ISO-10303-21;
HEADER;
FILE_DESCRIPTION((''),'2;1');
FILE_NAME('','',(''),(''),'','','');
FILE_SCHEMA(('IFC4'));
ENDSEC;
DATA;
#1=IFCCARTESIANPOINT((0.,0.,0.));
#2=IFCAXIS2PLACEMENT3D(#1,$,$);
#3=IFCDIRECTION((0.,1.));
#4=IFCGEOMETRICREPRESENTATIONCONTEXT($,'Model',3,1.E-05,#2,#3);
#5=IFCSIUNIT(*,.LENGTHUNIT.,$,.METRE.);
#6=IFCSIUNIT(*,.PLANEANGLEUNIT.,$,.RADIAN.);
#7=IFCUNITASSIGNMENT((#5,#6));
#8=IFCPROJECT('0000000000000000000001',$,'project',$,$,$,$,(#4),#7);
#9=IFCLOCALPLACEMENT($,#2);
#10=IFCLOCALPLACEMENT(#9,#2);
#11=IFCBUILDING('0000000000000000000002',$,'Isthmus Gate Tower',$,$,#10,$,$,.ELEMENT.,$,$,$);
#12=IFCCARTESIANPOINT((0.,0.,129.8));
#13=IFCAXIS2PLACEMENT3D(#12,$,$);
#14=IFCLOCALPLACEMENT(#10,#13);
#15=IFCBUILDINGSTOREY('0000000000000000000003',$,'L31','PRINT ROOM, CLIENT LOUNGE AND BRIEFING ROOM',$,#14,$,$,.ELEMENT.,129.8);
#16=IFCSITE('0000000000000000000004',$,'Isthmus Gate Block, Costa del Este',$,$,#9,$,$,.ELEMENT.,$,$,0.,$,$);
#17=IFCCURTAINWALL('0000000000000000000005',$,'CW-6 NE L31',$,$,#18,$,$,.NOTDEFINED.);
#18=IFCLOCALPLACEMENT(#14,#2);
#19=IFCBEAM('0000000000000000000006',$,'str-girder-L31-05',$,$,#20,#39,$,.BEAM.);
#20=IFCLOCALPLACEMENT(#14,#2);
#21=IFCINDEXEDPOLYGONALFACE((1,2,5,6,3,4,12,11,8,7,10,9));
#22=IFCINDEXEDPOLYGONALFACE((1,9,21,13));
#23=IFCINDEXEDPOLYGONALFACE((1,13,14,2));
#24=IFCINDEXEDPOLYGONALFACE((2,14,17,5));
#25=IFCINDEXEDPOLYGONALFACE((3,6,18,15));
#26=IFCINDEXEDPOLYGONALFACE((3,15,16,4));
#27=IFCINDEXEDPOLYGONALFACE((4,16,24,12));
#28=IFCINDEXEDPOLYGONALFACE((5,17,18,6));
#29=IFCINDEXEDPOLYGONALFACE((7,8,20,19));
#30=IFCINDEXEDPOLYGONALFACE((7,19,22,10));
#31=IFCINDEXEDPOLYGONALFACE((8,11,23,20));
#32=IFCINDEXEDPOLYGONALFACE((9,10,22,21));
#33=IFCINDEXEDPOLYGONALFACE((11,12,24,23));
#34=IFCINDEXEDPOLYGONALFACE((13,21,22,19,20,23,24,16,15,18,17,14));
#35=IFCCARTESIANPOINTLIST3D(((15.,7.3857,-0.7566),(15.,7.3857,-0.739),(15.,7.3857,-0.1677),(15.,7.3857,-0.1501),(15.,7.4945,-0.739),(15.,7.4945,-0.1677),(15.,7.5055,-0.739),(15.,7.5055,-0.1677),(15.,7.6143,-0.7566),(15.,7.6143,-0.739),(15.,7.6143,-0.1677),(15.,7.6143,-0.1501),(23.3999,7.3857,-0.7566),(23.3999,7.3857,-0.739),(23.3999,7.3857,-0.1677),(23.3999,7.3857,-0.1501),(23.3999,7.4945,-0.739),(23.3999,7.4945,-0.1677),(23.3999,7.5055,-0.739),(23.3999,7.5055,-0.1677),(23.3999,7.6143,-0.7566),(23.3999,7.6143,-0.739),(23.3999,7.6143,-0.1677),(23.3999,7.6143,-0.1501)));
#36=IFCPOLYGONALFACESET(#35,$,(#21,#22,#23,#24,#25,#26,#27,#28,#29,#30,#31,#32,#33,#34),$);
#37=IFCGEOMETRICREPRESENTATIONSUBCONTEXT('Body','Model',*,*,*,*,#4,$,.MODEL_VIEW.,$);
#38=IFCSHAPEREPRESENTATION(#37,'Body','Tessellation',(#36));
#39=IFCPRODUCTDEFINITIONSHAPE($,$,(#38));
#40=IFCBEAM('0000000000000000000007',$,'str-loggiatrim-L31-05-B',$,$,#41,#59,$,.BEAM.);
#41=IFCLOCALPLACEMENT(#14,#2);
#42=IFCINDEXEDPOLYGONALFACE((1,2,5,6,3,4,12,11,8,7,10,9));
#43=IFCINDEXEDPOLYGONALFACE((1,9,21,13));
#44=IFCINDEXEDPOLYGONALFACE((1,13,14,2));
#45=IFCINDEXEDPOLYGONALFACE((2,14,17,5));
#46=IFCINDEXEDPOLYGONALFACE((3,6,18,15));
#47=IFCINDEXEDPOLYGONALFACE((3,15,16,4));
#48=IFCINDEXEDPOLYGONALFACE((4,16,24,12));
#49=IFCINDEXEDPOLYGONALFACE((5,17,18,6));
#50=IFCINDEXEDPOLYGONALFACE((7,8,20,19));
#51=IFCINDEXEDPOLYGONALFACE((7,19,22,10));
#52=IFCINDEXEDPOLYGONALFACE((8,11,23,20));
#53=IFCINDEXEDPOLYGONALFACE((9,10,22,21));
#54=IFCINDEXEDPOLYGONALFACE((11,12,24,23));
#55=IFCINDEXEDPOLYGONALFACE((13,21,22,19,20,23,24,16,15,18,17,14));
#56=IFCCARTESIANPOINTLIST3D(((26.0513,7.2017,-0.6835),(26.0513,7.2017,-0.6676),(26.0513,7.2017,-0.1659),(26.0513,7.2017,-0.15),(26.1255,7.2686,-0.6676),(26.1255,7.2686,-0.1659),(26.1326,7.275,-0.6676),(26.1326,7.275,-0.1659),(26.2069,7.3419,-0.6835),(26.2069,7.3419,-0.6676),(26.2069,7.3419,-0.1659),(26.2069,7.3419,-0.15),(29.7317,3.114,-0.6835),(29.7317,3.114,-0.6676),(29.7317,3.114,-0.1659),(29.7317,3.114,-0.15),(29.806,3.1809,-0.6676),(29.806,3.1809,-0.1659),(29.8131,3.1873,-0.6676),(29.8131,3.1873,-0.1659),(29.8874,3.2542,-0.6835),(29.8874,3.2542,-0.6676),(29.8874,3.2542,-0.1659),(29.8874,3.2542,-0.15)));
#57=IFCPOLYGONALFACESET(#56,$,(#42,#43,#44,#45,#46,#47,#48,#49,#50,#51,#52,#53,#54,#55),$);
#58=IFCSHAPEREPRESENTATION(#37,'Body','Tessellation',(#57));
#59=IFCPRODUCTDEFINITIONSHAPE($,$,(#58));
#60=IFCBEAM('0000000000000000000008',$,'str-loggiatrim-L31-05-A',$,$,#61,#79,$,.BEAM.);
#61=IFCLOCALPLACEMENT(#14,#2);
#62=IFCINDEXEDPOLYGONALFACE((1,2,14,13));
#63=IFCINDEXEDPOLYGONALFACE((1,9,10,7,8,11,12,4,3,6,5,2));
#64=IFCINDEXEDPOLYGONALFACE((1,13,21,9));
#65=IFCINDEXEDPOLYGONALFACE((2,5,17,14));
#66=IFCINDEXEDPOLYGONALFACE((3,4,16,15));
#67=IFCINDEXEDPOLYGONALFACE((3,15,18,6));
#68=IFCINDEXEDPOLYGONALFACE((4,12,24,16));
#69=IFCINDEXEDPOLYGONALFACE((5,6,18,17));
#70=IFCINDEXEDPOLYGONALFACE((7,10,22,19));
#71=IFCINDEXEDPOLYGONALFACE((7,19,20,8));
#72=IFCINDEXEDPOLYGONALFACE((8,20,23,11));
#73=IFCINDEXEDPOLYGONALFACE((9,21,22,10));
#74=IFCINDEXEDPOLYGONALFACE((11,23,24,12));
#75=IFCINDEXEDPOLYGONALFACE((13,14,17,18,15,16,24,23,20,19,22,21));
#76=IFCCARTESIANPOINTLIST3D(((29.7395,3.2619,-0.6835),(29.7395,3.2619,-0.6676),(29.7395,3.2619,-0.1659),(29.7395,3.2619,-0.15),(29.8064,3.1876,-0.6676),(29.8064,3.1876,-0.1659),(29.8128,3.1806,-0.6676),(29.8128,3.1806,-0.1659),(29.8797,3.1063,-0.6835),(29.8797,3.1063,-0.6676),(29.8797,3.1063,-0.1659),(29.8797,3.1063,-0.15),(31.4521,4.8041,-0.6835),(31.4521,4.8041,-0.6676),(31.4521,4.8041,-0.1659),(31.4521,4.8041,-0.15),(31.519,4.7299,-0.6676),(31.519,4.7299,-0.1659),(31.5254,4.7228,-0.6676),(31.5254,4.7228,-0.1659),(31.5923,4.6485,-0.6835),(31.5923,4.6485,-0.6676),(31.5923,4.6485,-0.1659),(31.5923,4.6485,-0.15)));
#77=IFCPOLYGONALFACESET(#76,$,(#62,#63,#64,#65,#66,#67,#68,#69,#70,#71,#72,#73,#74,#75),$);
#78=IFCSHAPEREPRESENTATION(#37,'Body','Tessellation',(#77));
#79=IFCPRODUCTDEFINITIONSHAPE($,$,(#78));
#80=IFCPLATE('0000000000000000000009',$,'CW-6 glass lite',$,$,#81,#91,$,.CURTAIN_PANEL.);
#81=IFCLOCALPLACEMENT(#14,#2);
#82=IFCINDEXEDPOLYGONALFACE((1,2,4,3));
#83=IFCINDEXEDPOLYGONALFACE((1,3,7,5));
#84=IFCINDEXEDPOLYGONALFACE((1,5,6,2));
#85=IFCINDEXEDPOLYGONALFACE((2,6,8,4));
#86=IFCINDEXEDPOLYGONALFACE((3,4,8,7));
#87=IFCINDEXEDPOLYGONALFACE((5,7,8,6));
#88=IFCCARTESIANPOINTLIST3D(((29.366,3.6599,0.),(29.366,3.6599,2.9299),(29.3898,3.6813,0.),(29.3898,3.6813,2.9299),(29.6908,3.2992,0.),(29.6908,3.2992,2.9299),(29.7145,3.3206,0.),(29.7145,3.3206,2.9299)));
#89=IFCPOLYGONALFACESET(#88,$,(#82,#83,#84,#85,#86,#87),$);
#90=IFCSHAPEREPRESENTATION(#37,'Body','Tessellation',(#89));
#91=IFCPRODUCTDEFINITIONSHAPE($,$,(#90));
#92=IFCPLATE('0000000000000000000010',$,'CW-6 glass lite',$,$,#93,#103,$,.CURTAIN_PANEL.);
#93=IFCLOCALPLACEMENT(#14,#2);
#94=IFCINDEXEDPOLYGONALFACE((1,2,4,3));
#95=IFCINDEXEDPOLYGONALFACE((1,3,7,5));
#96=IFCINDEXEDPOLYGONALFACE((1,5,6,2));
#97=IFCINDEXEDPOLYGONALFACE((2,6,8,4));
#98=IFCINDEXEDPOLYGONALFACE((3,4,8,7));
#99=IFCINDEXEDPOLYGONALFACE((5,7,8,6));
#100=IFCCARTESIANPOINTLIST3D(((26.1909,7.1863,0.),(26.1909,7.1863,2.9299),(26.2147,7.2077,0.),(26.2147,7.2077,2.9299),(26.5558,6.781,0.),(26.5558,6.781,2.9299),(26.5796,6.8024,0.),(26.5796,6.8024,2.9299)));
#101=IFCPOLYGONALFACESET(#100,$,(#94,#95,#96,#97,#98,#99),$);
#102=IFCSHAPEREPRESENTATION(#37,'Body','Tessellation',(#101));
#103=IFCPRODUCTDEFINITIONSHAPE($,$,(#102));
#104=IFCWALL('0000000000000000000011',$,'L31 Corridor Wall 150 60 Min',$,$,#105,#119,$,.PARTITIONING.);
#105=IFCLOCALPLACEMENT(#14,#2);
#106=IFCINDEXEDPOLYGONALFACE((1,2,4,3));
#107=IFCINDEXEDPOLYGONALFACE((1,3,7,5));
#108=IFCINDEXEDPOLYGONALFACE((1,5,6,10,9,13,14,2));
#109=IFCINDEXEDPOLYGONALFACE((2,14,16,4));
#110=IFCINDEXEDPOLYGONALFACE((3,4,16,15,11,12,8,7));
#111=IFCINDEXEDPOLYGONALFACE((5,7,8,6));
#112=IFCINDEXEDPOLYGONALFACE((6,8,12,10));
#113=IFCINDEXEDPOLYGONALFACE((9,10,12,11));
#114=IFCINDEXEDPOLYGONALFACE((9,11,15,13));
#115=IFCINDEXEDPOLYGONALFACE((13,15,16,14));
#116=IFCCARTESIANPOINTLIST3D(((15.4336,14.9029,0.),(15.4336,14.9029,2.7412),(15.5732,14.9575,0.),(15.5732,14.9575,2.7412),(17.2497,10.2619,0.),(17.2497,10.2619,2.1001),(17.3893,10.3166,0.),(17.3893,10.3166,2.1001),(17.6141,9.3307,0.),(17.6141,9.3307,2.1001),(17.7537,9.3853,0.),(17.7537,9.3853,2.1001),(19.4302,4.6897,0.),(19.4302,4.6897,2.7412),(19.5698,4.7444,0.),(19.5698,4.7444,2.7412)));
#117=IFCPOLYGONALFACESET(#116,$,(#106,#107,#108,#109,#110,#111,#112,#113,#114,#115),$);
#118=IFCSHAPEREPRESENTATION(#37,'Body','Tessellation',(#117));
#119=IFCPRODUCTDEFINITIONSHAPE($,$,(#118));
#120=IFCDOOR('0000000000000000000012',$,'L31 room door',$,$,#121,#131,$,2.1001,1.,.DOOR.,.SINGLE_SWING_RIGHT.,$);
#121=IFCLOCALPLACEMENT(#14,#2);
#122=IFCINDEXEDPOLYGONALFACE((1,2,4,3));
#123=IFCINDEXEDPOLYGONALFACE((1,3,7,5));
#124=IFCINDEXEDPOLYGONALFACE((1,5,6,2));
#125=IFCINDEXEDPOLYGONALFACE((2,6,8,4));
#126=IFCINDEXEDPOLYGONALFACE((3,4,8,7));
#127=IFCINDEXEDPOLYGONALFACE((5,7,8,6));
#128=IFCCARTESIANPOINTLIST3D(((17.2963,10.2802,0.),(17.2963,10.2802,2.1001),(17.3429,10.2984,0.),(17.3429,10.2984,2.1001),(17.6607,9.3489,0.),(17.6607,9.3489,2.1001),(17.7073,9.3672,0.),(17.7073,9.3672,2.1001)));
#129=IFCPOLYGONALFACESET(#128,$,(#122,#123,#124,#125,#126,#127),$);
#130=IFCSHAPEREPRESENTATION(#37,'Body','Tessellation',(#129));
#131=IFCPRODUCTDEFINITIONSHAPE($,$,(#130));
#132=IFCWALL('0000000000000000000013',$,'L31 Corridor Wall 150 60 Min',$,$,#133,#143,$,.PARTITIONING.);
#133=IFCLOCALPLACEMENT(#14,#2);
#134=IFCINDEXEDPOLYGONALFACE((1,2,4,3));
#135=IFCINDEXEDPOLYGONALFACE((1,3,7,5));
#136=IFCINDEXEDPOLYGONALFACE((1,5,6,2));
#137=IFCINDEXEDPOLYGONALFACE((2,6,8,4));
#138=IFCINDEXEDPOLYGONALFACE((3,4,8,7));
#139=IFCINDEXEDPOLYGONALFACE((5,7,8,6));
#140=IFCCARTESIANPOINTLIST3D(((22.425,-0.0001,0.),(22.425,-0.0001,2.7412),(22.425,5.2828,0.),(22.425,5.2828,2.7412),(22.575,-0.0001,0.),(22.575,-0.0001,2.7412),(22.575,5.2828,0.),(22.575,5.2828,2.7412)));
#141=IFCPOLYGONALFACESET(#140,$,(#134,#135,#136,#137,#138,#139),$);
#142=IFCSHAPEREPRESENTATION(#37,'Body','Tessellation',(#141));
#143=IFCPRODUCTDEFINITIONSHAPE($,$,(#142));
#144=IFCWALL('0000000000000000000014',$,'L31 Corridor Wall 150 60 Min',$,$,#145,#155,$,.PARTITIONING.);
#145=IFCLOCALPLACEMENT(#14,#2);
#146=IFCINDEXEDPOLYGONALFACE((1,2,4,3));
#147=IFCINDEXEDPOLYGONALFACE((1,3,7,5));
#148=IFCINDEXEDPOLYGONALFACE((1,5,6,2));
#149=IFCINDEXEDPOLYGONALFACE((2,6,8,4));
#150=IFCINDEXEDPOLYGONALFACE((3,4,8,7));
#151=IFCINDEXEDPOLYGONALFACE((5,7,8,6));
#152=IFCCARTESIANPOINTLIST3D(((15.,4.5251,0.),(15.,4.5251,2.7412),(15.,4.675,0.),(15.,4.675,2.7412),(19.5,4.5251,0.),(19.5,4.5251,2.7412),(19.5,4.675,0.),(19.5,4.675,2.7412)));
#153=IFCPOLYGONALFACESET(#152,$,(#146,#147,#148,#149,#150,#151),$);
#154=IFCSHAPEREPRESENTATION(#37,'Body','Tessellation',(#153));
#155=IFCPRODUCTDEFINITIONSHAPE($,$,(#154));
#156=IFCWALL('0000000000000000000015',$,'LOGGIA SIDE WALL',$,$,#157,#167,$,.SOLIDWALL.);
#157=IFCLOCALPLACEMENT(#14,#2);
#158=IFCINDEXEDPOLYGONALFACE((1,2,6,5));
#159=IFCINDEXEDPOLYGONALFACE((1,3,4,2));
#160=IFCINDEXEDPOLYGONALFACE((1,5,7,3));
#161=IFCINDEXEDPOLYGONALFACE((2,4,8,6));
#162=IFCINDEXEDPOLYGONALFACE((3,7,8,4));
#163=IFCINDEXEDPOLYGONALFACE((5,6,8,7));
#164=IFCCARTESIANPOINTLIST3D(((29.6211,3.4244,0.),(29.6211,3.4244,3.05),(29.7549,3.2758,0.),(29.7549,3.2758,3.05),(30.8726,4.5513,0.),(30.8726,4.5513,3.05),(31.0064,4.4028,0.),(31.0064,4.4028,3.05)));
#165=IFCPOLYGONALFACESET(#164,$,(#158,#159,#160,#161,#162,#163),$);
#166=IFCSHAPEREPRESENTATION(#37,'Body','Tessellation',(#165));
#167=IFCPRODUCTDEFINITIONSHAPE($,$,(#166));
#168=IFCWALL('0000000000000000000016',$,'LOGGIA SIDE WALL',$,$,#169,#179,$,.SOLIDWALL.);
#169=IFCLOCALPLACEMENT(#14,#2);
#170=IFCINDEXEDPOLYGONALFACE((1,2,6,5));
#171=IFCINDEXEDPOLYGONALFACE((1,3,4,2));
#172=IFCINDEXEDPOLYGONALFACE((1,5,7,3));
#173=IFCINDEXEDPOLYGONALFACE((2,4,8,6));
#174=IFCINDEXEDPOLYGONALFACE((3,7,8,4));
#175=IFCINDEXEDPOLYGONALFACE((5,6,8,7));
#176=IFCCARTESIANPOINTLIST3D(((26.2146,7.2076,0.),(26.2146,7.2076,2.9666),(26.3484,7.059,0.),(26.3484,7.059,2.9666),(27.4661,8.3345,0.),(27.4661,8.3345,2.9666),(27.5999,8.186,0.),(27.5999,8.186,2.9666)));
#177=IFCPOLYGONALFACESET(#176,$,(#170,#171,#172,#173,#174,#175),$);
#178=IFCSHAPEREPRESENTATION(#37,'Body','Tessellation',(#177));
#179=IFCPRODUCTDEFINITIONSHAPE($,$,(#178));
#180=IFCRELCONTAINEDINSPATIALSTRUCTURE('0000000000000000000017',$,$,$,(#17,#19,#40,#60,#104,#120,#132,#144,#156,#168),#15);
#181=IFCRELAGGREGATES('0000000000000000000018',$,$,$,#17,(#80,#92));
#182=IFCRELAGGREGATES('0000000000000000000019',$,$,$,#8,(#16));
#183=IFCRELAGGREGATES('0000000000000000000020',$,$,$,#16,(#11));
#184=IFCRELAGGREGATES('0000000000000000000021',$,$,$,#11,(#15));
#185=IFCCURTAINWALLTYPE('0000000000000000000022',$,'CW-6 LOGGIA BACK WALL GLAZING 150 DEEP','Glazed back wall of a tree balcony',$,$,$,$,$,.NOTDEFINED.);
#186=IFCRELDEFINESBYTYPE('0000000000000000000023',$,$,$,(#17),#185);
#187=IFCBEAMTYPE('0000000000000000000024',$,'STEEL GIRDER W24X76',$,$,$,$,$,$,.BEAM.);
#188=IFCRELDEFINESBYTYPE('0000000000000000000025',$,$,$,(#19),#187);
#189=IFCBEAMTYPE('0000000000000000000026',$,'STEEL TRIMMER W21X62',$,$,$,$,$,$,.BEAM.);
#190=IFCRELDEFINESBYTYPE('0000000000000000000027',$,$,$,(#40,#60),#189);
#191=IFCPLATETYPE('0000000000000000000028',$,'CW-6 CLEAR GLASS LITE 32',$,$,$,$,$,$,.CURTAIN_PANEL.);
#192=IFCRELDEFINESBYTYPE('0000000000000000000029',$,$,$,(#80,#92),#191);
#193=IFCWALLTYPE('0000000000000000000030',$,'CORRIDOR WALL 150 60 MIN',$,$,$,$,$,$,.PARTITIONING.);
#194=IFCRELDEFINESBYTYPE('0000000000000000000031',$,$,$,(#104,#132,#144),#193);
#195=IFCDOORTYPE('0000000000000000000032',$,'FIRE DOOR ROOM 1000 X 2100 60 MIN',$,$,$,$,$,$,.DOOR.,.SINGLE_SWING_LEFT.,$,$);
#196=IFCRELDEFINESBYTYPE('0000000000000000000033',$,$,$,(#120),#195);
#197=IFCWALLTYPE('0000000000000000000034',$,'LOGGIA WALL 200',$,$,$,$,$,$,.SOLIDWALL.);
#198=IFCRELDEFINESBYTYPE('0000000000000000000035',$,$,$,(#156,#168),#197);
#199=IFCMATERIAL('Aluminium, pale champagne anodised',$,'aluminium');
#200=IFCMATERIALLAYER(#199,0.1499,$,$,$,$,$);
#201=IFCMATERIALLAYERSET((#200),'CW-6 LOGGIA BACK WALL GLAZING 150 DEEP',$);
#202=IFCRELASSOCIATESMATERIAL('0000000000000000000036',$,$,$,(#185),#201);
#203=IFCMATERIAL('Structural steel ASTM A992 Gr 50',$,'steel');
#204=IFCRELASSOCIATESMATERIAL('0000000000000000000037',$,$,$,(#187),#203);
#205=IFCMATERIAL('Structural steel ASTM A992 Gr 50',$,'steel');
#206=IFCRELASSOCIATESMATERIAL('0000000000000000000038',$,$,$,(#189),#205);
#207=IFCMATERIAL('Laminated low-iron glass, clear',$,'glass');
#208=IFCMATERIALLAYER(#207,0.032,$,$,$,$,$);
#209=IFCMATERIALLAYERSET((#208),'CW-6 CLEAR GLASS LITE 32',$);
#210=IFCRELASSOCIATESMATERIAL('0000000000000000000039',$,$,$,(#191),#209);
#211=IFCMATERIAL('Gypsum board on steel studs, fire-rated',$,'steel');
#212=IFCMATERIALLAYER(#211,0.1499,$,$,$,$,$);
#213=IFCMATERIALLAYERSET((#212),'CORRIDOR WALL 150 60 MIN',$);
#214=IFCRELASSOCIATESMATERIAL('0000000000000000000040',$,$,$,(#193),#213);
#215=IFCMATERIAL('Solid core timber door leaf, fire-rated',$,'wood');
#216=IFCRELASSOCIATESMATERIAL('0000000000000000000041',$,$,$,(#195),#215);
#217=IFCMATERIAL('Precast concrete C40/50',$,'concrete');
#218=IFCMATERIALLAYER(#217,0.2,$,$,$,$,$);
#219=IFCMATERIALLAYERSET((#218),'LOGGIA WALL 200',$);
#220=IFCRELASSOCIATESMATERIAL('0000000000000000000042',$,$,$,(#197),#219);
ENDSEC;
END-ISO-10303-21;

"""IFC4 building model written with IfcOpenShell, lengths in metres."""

from ifc_helpers import new_model, si_unit, direction, frame, frame_2d, origin, origin_2d, place, context, subcontext, project, spatial, rectangle, i_section, extrude, material, layer, layer_set, material_profile, profile_set, type_object, element, fill, aggregate, save


model = new_model("IFC4")

# Units and contexts
model_context = context("Model", 3, precision=1e-05, world=origin(), true_north=direction((0.0, 1.0)))
body_context = subcontext(model_context, "Body", "Model", "MODEL_VIEW")
ifc_project = project(units=[si_unit("LENGTHUNIT", "METRE"), si_unit("PLANEANGLEUNIT", "RADIAN")], contexts=[model_context])

# Site, building, storey
site_placement = place(None, origin())
site = spatial("IfcSite", under=ifc_project, at=site_placement, Name="Isthmus Gate Block, Costa del Este", CompositionType="ELEMENT", RefElevation=0.0)
building_placement = place(site_placement, origin())
building = spatial("IfcBuilding", under=site, at=building_placement, Name="Isthmus Gate Tower", CompositionType="ELEMENT")
storey_placement = place(building_placement, frame((0.0, 0.0, 129.8)))
storey = spatial("IfcBuildingStorey", under=building, at=storey_placement, Name="L31", Description="PRINT ROOM, CLIENT LOUNGE AND BRIEFING ROOM", CompositionType="ELEMENT", Elevation=129.8)

# Curtain wall
ifc_material_1 = material(Name="Aluminium, pale champagne anodised", Category="aluminium")
ifc_layer_1 = layer(ifc_material_1, 0.1499)
ifc_layer_set_1 = layer_set([ifc_layer_1], Name="CW-6 LOGGIA BACK WALL GLAZING 150 DEEP")
curtain_wall_type = type_object("IfcCurtainWallType", Name="CW-6 LOGGIA BACK WALL GLAZING 150 DEEP", Description="Glazed back wall of a tree balcony", PredefinedType="NOTDEFINED", material=ifc_layer_set_1)
curtain_wall_placement = place(storey_placement, origin())
curtain_wall = element("IfcCurtainWall", 1, at=curtain_wall_placement, inside=storey, type_object=curtain_wall_type, Name="CW-6 NE L31", PredefinedType="NOTDEFINED")

# Beams
ifc_material_2 = material(Name="Structural steel ASTM A992 Gr 50", Category="steel")
ifc_material_profile_1 = material_profile(ifc_material_2, i_section(OverallWidth=0.2285, OverallDepth=0.6064, WebThickness=0.011, FlangeThickness=0.0176, at=origin_2d()), Name="W24X76")
ifc_profile_set_1 = profile_set([ifc_material_profile_1], Name="Structural steel ASTM A992 Gr 50")
beam_type_1 = type_object("IfcBeamType", Name="STEEL GIRDER W24X76", PredefinedType="BEAM", material=ifc_profile_set_1)
beam_1_placement = place(storey_placement, frame((15.0, 7.5, -0.4534), z_axis=(1.0, 0.0, 0.0), x_axis=(0.0, 1.0, 0.0)))
element("IfcBeam", 2, at=beam_1_placement, inside=storey, type_object=beam_type_1, Name="str-girder-L31-05", PredefinedType="BEAM", context=body_context, shape_type="SweptSolid", body=[
    extrude(i_section(OverallWidth=0.2285, OverallDepth=0.6064, WebThickness=0.011, FlangeThickness=0.0176, at=origin_2d()), origin(), (0.0, 0.0, 1.0), 8.3999),
])
ifc_material_3 = material(Name="Structural steel ASTM A992 Gr 50", Category="steel")
ifc_material_profile_2 = material_profile(ifc_material_3, i_section(OverallWidth=0.2095, OverallDepth=0.5334, WebThickness=0.0095, FlangeThickness=0.0159, at=origin_2d()), Name="W21X62")
ifc_profile_set_2 = profile_set([ifc_material_profile_2], Name="Structural steel ASTM A992 Gr 50")
beam_type_2 = type_object("IfcBeamType", Name="STEEL TRIMMER W21X62", PredefinedType="BEAM", material=ifc_profile_set_2)
beam_2_placement = place(storey_placement, frame((29.8096, 3.1841, -0.4167), z_axis=(-0.669119, 0.743155, 0.0), x_axis=(-0.743155, -0.669119, 0.0)))
element("IfcBeam", 3, at=beam_2_placement, inside=storey, type_object=beam_type_2, Name="str-loggiatrim-L31-05-B", PredefinedType="BEAM", context=body_context, shape_type="SweptSolid", body=[
    extrude(i_section(OverallWidth=0.2095, OverallDepth=0.5334, WebThickness=0.0095, FlangeThickness=0.0159, at=origin_2d()), origin(), (0.0, 0.0, 1.0), 5.5005),
])
beam_3_placement = place(storey_placement, frame((31.5222, 4.7263, -0.4167), z_axis=(-0.74311, -0.66917, 0.0), x_axis=(0.66917, -0.74311, 0.0)))
element("IfcBeam", 4, at=beam_3_placement, inside=storey, type_object=beam_type_2, Name="str-loggiatrim-L31-05-A", PredefinedType="BEAM", context=body_context, shape_type="SweptSolid", body=[
    extrude(i_section(OverallWidth=0.2095, OverallDepth=0.5334, WebThickness=0.0095, FlangeThickness=0.0159, at=origin_2d()), origin(), (0.0, 0.0, 1.0), 2.3047),
])

# Plates
ifc_material_4 = material(Name="Laminated low-iron glass, clear", Category="glass")
ifc_layer_2 = layer(ifc_material_4, 0.032)
ifc_layer_set_2 = layer_set([ifc_layer_2], Name="CW-6 CLEAR GLASS LITE 32")
plate_type = type_object("IfcPlateType", Name="CW-6 CLEAR GLASS LITE 32", PredefinedType="CURTAIN_PANEL", material=ifc_layer_set_2)
plate_1_placement = place(storey_placement, frame((29.5403, 3.4902, 0.0), z_axis=(0.0, 0.0, 1.0), x_axis=(-0.669131, 0.743145, 0.0)))
plate_1 = element("IfcPlate", 5, at=plate_1_placement, type_object=plate_type, Name="CW-6 glass lite", PredefinedType="CURTAIN_PANEL", context=body_context, shape_type="SweptSolid", body=[
    extrude(rectangle(XDim=0.4854, YDim=0.032, at=origin_2d()), origin(), (0.0, 0.0, 1.0), 2.9299),
])
plate_2_placement = place(storey_placement, frame((26.3853, 6.9944, 0.0), z_axis=(0.0, 0.0, 1.0), x_axis=(-0.669131, 0.743145, 0.0)))
plate_2 = element("IfcPlate", 6, at=plate_2_placement, type_object=plate_type, Name="CW-6 glass lite", PredefinedType="CURTAIN_PANEL", context=body_context, shape_type="SweptSolid", body=[
    extrude(rectangle(XDim=0.5454, YDim=0.032, at=origin_2d()), origin(), (0.0, 0.0, 1.0), 2.9299),
])
aggregate(curtain_wall, [plate_1, plate_2])

# Wall, opening, door
ifc_material_5 = material(Name="Gypsum board on steel studs, fire-rated", Category="steel")
ifc_layer_3 = layer(ifc_material_5, 0.1499)
ifc_layer_set_3 = layer_set([ifc_layer_3], Name="CORRIDOR WALL 150 60 MIN")
wall_type_1 = type_object("IfcWallType", Name="CORRIDOR WALL 150 60 MIN", PredefinedType="PARTITIONING", material=ifc_layer_set_3)
wall_1_placement = place(storey_placement, frame((19.5, 4.717, 0.0), z_axis=(0.0, 0.0, 1.0), x_axis=(-0.36441, 0.931239, 0.0)))
wall_1 = element("IfcWall", 7, at=wall_1_placement, inside=storey, type_object=wall_type_1, Name="L31 Corridor Wall 150 60 Min", PredefinedType="PARTITIONING", context=body_context, shape_type="SweptSolid", body=[
    extrude(rectangle(XDim=10.9673, YDim=0.1499, at=frame_2d((5.4836, 0.0))), origin(), (0.0, 0.0, 1.0), 2.7412),
])
opening_1_placement = place(wall_1_placement, frame((4.9836, 0.0, 0.0)))
opening_1 = element("IfcOpeningElement", 8, at=opening_1_placement, cuts=wall_1, PredefinedType="OPENING", context=body_context, shape_type="SweptSolid", body=[
    extrude(rectangle(XDim=1.0, YDim=2.1001, at=frame_2d((0.5, 1.05))), frame((0.0, 0.085, 0.0), z_axis=(0.0, -1.0, 0.0), x_axis=(1.0, 0.0, 0.0)), (0.0, 0.0, 1.0), 0.1699),
])
ifc_material_6 = material(Name="Solid core timber door leaf, fire-rated", Category="wood")
door_type_1 = type_object("IfcDoorType", Name="FIRE DOOR ROOM 1000 X 2100 60 MIN", OperationType="SINGLE_SWING_LEFT", PredefinedType="DOOR", material=ifc_material_6)
door_1_placement = place(opening_1_placement, origin())
door_1 = element("IfcDoor", 9, at=door_1_placement, inside=storey, type_object=door_type_1, Name="L31 room door", OperationType="SINGLE_SWING_RIGHT", OverallHeight=2.1001, OverallWidth=1.0, PredefinedType="DOOR", context=body_context, shape_type="SweptSolid", body=[
    extrude(rectangle(XDim=1.0, YDim=2.1001, at=frame_2d((0.5, 1.05))), frame((0.0, 0.0249, 0.0), z_axis=(0.0, -1.0, 0.0), x_axis=(1.0, 0.0, 0.0)), (0.0, 0.0, 1.0), 0.05),
])
fill(opening_1, door_1)

# Walls
wall_2_placement = place(storey_placement, frame((22.5, 5.283, 0.0), z_axis=(0.0, 0.0, 1.0), x_axis=(0.0, -1.0, 0.0)))
element("IfcWall", 10, at=wall_2_placement, inside=storey, type_object=wall_type_1, Name="L31 Corridor Wall 150 60 Min", PredefinedType="PARTITIONING", context=body_context, shape_type="SweptSolid", body=[
    extrude(rectangle(XDim=5.283, YDim=0.1499, at=frame_2d((2.6416, 0.0))), origin(), (0.0, 0.0, 1.0), 2.7412),
])
wall_3_placement = place(storey_placement, frame((15.0, 4.6001, 0.0), z_axis=(0.0, 0.0, 1.0), x_axis=(1.0, 0.0, 0.0)))
element("IfcWall", 11, at=wall_3_placement, inside=storey, type_object=wall_type_1, Name="L31 Corridor Wall 150 60 Min", PredefinedType="PARTITIONING", context=body_context, shape_type="SweptSolid", body=[
    extrude(rectangle(XDim=4.5, YDim=0.1499, at=frame_2d((2.25, 0.0))), origin(), (0.0, 0.0, 1.0), 2.7412),
])

# Shared definitions
ifc_material_7 = material(Name="Precast concrete C40/50", Category="concrete")
ifc_layer_4 = layer(ifc_material_7, 0.2)
ifc_layer_set_4 = layer_set([ifc_layer_4], Name="LOGGIA WALL 200")
wall_type_2 = type_object("IfcWallType", Name="LOGGIA WALL 200", PredefinedType="SOLIDWALL", material=ifc_layer_set_4)

# Walls
wall_4_placement = place(storey_placement, frame((30.9395, 4.4771, 0.0), z_axis=(0.0, 0.0, 1.0), x_axis=(-0.743107, -0.669173, 0.0)))
element("IfcWall", 12, at=wall_4_placement, inside=storey, type_object=wall_type_2, Name="LOGGIA SIDE WALL", PredefinedType="SOLIDWALL", context=body_context, shape_type="SweptSolid", body=[
    extrude(rectangle(XDim=1.6841, YDim=0.2, at=frame_2d((0.842, 0.0))), origin(), (0.0, 0.0, 1.0), 3.05),
])
wall_5_placement = place(storey_placement, frame((27.533, 8.2603, 0.0), z_axis=(0.0, 0.0, 1.0), x_axis=(-0.743107, -0.669173, 0.0)))
element("IfcWall", 13, at=wall_5_placement, inside=storey, type_object=wall_type_2, Name="LOGGIA SIDE WALL", PredefinedType="SOLIDWALL", context=body_context, shape_type="SweptSolid", body=[
    extrude(rectangle(XDim=1.6841, YDim=0.2, at=frame_2d((0.842, 0.0))), origin(), (0.0, 0.0, 1.0), 2.9666),
])

save(model, "model.ifc")
